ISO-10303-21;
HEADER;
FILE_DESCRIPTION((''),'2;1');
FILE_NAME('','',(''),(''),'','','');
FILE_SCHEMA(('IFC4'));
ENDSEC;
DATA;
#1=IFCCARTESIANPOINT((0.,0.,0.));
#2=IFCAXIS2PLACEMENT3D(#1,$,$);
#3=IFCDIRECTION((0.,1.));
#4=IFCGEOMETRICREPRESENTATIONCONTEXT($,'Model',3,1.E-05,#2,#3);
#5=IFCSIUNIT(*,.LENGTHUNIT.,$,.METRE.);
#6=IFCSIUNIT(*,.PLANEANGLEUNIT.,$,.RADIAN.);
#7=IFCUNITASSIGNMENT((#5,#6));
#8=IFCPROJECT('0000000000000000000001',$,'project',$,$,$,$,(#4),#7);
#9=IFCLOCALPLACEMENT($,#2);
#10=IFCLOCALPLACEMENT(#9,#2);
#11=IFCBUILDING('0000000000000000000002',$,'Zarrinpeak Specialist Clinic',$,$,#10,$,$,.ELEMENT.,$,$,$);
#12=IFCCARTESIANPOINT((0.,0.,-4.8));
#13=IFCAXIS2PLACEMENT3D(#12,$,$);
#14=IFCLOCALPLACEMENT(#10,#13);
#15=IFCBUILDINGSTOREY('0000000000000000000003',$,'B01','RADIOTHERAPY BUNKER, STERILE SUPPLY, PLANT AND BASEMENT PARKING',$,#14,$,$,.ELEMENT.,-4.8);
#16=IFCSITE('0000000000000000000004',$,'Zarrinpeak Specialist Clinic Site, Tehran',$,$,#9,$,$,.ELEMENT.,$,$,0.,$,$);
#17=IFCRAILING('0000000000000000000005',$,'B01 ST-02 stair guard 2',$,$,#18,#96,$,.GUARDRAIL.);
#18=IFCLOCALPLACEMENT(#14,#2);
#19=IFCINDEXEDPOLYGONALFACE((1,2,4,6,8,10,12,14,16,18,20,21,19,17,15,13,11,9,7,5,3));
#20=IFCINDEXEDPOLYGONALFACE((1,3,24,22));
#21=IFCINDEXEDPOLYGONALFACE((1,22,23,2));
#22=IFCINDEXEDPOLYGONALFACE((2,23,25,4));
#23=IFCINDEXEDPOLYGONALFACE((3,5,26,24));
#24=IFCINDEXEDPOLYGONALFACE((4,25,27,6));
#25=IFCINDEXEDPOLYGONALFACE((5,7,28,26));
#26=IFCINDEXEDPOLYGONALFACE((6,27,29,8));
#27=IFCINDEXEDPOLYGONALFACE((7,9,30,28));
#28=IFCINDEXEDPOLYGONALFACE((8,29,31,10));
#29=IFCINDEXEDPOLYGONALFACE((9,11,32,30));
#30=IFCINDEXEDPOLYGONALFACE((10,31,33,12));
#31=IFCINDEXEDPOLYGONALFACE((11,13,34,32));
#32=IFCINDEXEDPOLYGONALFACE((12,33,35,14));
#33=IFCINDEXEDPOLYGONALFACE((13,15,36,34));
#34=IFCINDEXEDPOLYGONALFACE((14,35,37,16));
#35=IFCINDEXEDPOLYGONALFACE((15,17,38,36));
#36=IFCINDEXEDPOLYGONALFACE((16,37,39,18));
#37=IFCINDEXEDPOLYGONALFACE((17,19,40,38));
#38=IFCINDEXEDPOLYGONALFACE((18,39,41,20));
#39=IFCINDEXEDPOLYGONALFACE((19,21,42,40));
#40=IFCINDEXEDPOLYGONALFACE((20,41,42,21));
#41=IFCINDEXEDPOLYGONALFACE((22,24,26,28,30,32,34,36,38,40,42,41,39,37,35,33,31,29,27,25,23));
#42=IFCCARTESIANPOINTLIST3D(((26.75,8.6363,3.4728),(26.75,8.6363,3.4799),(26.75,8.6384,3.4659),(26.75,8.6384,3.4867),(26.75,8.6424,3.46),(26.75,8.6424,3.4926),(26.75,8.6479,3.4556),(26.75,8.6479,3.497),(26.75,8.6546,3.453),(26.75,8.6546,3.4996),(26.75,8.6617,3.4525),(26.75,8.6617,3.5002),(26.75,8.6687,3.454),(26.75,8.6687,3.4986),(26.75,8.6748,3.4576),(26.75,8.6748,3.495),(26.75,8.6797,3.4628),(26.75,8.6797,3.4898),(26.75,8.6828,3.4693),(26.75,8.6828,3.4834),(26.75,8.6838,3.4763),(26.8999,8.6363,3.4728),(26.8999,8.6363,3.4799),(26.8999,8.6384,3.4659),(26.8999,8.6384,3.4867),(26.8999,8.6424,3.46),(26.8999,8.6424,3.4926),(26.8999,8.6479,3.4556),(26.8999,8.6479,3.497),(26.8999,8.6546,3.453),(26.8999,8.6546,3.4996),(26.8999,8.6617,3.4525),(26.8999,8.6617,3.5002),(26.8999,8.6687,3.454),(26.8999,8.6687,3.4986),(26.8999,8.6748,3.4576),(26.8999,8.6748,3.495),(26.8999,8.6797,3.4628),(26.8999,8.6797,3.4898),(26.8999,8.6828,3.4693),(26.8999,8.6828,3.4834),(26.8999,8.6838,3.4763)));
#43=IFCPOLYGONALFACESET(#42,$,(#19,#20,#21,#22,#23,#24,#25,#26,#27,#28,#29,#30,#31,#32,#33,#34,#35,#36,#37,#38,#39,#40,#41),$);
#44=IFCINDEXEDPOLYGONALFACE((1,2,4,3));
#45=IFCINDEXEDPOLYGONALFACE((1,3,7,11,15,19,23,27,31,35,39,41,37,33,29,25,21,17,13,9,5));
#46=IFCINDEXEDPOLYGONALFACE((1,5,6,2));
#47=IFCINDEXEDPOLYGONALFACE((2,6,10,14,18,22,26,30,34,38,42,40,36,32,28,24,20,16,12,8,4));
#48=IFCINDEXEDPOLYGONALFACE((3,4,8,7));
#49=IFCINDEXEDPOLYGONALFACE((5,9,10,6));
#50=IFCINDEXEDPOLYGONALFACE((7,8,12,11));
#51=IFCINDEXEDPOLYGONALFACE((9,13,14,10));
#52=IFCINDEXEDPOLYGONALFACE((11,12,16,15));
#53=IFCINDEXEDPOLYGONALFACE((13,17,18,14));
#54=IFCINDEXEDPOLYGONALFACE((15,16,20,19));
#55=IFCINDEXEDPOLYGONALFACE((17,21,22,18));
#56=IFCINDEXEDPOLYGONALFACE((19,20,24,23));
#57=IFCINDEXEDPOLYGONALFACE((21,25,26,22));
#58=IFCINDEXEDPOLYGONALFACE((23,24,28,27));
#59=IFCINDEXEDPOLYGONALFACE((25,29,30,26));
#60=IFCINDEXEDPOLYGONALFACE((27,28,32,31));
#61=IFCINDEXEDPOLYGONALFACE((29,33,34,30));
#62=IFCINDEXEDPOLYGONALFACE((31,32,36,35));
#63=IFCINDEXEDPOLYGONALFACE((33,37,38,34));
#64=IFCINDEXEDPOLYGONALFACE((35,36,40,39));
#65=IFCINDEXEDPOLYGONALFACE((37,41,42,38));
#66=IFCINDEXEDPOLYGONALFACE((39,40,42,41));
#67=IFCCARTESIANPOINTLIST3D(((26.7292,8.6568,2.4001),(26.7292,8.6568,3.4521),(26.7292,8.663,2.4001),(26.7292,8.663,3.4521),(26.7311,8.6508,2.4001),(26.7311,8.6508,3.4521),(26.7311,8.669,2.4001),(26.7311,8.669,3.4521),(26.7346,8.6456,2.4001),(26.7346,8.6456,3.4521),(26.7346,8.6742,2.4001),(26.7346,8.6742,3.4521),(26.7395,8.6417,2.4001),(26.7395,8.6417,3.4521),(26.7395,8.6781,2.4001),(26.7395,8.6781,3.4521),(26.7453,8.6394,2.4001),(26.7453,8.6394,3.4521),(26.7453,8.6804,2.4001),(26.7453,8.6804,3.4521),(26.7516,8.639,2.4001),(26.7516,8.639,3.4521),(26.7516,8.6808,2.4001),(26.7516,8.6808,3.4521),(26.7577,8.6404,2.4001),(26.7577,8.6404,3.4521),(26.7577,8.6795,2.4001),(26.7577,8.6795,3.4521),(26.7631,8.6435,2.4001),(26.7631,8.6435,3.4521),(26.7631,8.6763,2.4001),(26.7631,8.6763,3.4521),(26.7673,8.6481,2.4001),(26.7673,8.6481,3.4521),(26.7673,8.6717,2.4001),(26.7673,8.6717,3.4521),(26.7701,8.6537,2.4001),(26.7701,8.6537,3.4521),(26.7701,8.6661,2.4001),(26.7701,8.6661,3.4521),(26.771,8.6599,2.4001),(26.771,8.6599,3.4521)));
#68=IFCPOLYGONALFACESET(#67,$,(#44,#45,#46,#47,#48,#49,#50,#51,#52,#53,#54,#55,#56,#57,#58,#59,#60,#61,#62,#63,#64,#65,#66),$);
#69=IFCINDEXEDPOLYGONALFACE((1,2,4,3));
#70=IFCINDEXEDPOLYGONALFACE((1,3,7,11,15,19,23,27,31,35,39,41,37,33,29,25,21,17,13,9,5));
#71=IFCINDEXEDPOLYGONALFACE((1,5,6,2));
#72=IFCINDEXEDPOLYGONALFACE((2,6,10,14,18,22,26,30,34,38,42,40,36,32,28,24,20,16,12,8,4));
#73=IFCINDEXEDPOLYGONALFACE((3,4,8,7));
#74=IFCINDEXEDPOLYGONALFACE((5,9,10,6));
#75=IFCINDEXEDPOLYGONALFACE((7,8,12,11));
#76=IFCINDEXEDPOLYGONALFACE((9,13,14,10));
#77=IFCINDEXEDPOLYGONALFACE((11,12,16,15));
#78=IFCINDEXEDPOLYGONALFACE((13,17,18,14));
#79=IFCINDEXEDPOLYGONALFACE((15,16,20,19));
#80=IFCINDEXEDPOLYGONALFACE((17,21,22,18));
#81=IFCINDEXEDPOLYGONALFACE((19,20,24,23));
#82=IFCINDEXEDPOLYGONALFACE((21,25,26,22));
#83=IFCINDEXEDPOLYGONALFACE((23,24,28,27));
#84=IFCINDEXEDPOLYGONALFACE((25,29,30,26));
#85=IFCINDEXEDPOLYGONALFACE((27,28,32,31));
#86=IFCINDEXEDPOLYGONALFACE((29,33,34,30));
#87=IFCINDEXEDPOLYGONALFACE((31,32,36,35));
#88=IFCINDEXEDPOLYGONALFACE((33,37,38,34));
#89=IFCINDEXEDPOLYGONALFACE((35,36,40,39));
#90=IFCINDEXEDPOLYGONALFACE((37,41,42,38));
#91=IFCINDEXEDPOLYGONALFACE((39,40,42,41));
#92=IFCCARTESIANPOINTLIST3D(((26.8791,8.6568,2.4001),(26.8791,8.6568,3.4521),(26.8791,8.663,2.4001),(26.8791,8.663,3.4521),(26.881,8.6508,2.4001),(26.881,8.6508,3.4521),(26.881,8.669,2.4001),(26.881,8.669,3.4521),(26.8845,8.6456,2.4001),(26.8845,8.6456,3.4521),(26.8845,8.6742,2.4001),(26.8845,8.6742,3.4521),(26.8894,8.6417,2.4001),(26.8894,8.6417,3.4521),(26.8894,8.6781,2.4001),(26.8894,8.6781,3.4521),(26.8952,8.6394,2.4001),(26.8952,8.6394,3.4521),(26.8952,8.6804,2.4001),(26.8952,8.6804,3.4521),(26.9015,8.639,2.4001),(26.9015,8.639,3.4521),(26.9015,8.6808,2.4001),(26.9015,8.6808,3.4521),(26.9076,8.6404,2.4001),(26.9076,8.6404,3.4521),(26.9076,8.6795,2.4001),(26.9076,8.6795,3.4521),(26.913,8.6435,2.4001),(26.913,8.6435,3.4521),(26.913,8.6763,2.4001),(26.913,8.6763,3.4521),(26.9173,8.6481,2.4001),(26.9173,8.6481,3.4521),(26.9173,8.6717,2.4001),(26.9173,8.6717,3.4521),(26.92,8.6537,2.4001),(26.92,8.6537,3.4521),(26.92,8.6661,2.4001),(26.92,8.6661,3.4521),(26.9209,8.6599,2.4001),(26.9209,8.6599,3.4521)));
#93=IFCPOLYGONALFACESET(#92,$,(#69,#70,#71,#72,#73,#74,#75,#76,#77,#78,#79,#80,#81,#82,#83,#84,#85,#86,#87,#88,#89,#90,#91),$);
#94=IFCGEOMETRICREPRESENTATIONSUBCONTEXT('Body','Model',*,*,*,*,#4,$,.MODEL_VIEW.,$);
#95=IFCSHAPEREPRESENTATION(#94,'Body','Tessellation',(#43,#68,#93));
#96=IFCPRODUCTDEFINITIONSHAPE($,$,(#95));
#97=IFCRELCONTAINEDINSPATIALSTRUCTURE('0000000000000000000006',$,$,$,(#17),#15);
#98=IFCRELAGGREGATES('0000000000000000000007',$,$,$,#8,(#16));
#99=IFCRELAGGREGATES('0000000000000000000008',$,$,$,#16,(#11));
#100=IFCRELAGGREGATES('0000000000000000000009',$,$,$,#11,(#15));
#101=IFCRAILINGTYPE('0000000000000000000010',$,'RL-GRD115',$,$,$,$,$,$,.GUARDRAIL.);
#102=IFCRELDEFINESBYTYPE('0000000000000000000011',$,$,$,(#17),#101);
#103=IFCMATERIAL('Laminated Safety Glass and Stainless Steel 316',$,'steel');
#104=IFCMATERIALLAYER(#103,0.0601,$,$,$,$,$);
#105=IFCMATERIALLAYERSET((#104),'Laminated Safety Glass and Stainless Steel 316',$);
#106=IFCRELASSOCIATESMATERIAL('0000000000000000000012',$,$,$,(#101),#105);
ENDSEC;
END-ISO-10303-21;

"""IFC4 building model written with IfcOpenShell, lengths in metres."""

from ifc_helpers import new_model, si_unit, direction, frame, origin, origin_2d, place, context, subcontext, project, spatial, circle, extrude, material, layer, layer_set, type_object, element, save


model = new_model("IFC4")

# Units and contexts
model_context = context("Model", 3, precision=1e-05, world=origin(), true_north=direction((0.0, 1.0)))
body_context = subcontext(model_context, "Body", "Model", "MODEL_VIEW")
ifc_project = project(units=[si_unit("LENGTHUNIT", "METRE"), si_unit("PLANEANGLEUNIT", "RADIAN")], contexts=[model_context])

# Site, building, storey
site_placement = place(None, origin())
site = spatial("IfcSite", under=ifc_project, at=site_placement, Name="Zarrinpeak Specialist Clinic Site, Tehran", CompositionType="ELEMENT", RefElevation=0.0)
building_placement = place(site_placement, origin())
building = spatial("IfcBuilding", under=site, at=building_placement, Name="Zarrinpeak Specialist Clinic", CompositionType="ELEMENT")
storey_placement = place(building_placement, frame((0.0, 0.0, -4.8)))
storey = spatial("IfcBuildingStorey", under=building, at=storey_placement, Name="B01", Description="RADIOTHERAPY BUNKER, STERILE SUPPLY, PLANT AND BASEMENT PARKING", CompositionType="ELEMENT", Elevation=-4.8)

# Railing
ifc_material_1 = material(Name="Laminated Safety Glass and Stainless Steel 316", Category="steel")
ifc_layer_1 = layer(ifc_material_1, 0.0601)
ifc_layer_set_1 = layer_set([ifc_layer_1], Name="Laminated Safety Glass and Stainless Steel 316")
railing_type_1 = type_object("IfcRailingType", Name="RL-GRD115", PredefinedType="GUARDRAIL", material=ifc_layer_set_1)
railing_1_placement = place(storey_placement, frame((26.75, 8.6599, 2.4001)))
element("IfcRailing", 1, at=railing_1_placement, inside=storey, type_object=railing_type_1, Name="B01 ST-02 stair guard 2", PredefinedType="GUARDRAIL", context=body_context, shape_type="SweptSolid", body=[
    extrude(circle(Radius=0.0239, at=origin_2d()), frame((0.0, 0.0, 1.0762), z_axis=(1.0, 0.0, 0.0), x_axis=(0.0, 1.0, 0.0)), (0.0, 0.0, 1.0), 0.1499),
    extrude(circle(Radius=0.021, at=origin_2d()), origin(), (0.0, 0.0, 1.0), 1.052),
    extrude(circle(Radius=0.021, at=origin_2d()), frame((0.1499, 0.0, 0.0)), (0.0, 0.0, 1.0), 1.052),
])

save(model, "model.ifc")
